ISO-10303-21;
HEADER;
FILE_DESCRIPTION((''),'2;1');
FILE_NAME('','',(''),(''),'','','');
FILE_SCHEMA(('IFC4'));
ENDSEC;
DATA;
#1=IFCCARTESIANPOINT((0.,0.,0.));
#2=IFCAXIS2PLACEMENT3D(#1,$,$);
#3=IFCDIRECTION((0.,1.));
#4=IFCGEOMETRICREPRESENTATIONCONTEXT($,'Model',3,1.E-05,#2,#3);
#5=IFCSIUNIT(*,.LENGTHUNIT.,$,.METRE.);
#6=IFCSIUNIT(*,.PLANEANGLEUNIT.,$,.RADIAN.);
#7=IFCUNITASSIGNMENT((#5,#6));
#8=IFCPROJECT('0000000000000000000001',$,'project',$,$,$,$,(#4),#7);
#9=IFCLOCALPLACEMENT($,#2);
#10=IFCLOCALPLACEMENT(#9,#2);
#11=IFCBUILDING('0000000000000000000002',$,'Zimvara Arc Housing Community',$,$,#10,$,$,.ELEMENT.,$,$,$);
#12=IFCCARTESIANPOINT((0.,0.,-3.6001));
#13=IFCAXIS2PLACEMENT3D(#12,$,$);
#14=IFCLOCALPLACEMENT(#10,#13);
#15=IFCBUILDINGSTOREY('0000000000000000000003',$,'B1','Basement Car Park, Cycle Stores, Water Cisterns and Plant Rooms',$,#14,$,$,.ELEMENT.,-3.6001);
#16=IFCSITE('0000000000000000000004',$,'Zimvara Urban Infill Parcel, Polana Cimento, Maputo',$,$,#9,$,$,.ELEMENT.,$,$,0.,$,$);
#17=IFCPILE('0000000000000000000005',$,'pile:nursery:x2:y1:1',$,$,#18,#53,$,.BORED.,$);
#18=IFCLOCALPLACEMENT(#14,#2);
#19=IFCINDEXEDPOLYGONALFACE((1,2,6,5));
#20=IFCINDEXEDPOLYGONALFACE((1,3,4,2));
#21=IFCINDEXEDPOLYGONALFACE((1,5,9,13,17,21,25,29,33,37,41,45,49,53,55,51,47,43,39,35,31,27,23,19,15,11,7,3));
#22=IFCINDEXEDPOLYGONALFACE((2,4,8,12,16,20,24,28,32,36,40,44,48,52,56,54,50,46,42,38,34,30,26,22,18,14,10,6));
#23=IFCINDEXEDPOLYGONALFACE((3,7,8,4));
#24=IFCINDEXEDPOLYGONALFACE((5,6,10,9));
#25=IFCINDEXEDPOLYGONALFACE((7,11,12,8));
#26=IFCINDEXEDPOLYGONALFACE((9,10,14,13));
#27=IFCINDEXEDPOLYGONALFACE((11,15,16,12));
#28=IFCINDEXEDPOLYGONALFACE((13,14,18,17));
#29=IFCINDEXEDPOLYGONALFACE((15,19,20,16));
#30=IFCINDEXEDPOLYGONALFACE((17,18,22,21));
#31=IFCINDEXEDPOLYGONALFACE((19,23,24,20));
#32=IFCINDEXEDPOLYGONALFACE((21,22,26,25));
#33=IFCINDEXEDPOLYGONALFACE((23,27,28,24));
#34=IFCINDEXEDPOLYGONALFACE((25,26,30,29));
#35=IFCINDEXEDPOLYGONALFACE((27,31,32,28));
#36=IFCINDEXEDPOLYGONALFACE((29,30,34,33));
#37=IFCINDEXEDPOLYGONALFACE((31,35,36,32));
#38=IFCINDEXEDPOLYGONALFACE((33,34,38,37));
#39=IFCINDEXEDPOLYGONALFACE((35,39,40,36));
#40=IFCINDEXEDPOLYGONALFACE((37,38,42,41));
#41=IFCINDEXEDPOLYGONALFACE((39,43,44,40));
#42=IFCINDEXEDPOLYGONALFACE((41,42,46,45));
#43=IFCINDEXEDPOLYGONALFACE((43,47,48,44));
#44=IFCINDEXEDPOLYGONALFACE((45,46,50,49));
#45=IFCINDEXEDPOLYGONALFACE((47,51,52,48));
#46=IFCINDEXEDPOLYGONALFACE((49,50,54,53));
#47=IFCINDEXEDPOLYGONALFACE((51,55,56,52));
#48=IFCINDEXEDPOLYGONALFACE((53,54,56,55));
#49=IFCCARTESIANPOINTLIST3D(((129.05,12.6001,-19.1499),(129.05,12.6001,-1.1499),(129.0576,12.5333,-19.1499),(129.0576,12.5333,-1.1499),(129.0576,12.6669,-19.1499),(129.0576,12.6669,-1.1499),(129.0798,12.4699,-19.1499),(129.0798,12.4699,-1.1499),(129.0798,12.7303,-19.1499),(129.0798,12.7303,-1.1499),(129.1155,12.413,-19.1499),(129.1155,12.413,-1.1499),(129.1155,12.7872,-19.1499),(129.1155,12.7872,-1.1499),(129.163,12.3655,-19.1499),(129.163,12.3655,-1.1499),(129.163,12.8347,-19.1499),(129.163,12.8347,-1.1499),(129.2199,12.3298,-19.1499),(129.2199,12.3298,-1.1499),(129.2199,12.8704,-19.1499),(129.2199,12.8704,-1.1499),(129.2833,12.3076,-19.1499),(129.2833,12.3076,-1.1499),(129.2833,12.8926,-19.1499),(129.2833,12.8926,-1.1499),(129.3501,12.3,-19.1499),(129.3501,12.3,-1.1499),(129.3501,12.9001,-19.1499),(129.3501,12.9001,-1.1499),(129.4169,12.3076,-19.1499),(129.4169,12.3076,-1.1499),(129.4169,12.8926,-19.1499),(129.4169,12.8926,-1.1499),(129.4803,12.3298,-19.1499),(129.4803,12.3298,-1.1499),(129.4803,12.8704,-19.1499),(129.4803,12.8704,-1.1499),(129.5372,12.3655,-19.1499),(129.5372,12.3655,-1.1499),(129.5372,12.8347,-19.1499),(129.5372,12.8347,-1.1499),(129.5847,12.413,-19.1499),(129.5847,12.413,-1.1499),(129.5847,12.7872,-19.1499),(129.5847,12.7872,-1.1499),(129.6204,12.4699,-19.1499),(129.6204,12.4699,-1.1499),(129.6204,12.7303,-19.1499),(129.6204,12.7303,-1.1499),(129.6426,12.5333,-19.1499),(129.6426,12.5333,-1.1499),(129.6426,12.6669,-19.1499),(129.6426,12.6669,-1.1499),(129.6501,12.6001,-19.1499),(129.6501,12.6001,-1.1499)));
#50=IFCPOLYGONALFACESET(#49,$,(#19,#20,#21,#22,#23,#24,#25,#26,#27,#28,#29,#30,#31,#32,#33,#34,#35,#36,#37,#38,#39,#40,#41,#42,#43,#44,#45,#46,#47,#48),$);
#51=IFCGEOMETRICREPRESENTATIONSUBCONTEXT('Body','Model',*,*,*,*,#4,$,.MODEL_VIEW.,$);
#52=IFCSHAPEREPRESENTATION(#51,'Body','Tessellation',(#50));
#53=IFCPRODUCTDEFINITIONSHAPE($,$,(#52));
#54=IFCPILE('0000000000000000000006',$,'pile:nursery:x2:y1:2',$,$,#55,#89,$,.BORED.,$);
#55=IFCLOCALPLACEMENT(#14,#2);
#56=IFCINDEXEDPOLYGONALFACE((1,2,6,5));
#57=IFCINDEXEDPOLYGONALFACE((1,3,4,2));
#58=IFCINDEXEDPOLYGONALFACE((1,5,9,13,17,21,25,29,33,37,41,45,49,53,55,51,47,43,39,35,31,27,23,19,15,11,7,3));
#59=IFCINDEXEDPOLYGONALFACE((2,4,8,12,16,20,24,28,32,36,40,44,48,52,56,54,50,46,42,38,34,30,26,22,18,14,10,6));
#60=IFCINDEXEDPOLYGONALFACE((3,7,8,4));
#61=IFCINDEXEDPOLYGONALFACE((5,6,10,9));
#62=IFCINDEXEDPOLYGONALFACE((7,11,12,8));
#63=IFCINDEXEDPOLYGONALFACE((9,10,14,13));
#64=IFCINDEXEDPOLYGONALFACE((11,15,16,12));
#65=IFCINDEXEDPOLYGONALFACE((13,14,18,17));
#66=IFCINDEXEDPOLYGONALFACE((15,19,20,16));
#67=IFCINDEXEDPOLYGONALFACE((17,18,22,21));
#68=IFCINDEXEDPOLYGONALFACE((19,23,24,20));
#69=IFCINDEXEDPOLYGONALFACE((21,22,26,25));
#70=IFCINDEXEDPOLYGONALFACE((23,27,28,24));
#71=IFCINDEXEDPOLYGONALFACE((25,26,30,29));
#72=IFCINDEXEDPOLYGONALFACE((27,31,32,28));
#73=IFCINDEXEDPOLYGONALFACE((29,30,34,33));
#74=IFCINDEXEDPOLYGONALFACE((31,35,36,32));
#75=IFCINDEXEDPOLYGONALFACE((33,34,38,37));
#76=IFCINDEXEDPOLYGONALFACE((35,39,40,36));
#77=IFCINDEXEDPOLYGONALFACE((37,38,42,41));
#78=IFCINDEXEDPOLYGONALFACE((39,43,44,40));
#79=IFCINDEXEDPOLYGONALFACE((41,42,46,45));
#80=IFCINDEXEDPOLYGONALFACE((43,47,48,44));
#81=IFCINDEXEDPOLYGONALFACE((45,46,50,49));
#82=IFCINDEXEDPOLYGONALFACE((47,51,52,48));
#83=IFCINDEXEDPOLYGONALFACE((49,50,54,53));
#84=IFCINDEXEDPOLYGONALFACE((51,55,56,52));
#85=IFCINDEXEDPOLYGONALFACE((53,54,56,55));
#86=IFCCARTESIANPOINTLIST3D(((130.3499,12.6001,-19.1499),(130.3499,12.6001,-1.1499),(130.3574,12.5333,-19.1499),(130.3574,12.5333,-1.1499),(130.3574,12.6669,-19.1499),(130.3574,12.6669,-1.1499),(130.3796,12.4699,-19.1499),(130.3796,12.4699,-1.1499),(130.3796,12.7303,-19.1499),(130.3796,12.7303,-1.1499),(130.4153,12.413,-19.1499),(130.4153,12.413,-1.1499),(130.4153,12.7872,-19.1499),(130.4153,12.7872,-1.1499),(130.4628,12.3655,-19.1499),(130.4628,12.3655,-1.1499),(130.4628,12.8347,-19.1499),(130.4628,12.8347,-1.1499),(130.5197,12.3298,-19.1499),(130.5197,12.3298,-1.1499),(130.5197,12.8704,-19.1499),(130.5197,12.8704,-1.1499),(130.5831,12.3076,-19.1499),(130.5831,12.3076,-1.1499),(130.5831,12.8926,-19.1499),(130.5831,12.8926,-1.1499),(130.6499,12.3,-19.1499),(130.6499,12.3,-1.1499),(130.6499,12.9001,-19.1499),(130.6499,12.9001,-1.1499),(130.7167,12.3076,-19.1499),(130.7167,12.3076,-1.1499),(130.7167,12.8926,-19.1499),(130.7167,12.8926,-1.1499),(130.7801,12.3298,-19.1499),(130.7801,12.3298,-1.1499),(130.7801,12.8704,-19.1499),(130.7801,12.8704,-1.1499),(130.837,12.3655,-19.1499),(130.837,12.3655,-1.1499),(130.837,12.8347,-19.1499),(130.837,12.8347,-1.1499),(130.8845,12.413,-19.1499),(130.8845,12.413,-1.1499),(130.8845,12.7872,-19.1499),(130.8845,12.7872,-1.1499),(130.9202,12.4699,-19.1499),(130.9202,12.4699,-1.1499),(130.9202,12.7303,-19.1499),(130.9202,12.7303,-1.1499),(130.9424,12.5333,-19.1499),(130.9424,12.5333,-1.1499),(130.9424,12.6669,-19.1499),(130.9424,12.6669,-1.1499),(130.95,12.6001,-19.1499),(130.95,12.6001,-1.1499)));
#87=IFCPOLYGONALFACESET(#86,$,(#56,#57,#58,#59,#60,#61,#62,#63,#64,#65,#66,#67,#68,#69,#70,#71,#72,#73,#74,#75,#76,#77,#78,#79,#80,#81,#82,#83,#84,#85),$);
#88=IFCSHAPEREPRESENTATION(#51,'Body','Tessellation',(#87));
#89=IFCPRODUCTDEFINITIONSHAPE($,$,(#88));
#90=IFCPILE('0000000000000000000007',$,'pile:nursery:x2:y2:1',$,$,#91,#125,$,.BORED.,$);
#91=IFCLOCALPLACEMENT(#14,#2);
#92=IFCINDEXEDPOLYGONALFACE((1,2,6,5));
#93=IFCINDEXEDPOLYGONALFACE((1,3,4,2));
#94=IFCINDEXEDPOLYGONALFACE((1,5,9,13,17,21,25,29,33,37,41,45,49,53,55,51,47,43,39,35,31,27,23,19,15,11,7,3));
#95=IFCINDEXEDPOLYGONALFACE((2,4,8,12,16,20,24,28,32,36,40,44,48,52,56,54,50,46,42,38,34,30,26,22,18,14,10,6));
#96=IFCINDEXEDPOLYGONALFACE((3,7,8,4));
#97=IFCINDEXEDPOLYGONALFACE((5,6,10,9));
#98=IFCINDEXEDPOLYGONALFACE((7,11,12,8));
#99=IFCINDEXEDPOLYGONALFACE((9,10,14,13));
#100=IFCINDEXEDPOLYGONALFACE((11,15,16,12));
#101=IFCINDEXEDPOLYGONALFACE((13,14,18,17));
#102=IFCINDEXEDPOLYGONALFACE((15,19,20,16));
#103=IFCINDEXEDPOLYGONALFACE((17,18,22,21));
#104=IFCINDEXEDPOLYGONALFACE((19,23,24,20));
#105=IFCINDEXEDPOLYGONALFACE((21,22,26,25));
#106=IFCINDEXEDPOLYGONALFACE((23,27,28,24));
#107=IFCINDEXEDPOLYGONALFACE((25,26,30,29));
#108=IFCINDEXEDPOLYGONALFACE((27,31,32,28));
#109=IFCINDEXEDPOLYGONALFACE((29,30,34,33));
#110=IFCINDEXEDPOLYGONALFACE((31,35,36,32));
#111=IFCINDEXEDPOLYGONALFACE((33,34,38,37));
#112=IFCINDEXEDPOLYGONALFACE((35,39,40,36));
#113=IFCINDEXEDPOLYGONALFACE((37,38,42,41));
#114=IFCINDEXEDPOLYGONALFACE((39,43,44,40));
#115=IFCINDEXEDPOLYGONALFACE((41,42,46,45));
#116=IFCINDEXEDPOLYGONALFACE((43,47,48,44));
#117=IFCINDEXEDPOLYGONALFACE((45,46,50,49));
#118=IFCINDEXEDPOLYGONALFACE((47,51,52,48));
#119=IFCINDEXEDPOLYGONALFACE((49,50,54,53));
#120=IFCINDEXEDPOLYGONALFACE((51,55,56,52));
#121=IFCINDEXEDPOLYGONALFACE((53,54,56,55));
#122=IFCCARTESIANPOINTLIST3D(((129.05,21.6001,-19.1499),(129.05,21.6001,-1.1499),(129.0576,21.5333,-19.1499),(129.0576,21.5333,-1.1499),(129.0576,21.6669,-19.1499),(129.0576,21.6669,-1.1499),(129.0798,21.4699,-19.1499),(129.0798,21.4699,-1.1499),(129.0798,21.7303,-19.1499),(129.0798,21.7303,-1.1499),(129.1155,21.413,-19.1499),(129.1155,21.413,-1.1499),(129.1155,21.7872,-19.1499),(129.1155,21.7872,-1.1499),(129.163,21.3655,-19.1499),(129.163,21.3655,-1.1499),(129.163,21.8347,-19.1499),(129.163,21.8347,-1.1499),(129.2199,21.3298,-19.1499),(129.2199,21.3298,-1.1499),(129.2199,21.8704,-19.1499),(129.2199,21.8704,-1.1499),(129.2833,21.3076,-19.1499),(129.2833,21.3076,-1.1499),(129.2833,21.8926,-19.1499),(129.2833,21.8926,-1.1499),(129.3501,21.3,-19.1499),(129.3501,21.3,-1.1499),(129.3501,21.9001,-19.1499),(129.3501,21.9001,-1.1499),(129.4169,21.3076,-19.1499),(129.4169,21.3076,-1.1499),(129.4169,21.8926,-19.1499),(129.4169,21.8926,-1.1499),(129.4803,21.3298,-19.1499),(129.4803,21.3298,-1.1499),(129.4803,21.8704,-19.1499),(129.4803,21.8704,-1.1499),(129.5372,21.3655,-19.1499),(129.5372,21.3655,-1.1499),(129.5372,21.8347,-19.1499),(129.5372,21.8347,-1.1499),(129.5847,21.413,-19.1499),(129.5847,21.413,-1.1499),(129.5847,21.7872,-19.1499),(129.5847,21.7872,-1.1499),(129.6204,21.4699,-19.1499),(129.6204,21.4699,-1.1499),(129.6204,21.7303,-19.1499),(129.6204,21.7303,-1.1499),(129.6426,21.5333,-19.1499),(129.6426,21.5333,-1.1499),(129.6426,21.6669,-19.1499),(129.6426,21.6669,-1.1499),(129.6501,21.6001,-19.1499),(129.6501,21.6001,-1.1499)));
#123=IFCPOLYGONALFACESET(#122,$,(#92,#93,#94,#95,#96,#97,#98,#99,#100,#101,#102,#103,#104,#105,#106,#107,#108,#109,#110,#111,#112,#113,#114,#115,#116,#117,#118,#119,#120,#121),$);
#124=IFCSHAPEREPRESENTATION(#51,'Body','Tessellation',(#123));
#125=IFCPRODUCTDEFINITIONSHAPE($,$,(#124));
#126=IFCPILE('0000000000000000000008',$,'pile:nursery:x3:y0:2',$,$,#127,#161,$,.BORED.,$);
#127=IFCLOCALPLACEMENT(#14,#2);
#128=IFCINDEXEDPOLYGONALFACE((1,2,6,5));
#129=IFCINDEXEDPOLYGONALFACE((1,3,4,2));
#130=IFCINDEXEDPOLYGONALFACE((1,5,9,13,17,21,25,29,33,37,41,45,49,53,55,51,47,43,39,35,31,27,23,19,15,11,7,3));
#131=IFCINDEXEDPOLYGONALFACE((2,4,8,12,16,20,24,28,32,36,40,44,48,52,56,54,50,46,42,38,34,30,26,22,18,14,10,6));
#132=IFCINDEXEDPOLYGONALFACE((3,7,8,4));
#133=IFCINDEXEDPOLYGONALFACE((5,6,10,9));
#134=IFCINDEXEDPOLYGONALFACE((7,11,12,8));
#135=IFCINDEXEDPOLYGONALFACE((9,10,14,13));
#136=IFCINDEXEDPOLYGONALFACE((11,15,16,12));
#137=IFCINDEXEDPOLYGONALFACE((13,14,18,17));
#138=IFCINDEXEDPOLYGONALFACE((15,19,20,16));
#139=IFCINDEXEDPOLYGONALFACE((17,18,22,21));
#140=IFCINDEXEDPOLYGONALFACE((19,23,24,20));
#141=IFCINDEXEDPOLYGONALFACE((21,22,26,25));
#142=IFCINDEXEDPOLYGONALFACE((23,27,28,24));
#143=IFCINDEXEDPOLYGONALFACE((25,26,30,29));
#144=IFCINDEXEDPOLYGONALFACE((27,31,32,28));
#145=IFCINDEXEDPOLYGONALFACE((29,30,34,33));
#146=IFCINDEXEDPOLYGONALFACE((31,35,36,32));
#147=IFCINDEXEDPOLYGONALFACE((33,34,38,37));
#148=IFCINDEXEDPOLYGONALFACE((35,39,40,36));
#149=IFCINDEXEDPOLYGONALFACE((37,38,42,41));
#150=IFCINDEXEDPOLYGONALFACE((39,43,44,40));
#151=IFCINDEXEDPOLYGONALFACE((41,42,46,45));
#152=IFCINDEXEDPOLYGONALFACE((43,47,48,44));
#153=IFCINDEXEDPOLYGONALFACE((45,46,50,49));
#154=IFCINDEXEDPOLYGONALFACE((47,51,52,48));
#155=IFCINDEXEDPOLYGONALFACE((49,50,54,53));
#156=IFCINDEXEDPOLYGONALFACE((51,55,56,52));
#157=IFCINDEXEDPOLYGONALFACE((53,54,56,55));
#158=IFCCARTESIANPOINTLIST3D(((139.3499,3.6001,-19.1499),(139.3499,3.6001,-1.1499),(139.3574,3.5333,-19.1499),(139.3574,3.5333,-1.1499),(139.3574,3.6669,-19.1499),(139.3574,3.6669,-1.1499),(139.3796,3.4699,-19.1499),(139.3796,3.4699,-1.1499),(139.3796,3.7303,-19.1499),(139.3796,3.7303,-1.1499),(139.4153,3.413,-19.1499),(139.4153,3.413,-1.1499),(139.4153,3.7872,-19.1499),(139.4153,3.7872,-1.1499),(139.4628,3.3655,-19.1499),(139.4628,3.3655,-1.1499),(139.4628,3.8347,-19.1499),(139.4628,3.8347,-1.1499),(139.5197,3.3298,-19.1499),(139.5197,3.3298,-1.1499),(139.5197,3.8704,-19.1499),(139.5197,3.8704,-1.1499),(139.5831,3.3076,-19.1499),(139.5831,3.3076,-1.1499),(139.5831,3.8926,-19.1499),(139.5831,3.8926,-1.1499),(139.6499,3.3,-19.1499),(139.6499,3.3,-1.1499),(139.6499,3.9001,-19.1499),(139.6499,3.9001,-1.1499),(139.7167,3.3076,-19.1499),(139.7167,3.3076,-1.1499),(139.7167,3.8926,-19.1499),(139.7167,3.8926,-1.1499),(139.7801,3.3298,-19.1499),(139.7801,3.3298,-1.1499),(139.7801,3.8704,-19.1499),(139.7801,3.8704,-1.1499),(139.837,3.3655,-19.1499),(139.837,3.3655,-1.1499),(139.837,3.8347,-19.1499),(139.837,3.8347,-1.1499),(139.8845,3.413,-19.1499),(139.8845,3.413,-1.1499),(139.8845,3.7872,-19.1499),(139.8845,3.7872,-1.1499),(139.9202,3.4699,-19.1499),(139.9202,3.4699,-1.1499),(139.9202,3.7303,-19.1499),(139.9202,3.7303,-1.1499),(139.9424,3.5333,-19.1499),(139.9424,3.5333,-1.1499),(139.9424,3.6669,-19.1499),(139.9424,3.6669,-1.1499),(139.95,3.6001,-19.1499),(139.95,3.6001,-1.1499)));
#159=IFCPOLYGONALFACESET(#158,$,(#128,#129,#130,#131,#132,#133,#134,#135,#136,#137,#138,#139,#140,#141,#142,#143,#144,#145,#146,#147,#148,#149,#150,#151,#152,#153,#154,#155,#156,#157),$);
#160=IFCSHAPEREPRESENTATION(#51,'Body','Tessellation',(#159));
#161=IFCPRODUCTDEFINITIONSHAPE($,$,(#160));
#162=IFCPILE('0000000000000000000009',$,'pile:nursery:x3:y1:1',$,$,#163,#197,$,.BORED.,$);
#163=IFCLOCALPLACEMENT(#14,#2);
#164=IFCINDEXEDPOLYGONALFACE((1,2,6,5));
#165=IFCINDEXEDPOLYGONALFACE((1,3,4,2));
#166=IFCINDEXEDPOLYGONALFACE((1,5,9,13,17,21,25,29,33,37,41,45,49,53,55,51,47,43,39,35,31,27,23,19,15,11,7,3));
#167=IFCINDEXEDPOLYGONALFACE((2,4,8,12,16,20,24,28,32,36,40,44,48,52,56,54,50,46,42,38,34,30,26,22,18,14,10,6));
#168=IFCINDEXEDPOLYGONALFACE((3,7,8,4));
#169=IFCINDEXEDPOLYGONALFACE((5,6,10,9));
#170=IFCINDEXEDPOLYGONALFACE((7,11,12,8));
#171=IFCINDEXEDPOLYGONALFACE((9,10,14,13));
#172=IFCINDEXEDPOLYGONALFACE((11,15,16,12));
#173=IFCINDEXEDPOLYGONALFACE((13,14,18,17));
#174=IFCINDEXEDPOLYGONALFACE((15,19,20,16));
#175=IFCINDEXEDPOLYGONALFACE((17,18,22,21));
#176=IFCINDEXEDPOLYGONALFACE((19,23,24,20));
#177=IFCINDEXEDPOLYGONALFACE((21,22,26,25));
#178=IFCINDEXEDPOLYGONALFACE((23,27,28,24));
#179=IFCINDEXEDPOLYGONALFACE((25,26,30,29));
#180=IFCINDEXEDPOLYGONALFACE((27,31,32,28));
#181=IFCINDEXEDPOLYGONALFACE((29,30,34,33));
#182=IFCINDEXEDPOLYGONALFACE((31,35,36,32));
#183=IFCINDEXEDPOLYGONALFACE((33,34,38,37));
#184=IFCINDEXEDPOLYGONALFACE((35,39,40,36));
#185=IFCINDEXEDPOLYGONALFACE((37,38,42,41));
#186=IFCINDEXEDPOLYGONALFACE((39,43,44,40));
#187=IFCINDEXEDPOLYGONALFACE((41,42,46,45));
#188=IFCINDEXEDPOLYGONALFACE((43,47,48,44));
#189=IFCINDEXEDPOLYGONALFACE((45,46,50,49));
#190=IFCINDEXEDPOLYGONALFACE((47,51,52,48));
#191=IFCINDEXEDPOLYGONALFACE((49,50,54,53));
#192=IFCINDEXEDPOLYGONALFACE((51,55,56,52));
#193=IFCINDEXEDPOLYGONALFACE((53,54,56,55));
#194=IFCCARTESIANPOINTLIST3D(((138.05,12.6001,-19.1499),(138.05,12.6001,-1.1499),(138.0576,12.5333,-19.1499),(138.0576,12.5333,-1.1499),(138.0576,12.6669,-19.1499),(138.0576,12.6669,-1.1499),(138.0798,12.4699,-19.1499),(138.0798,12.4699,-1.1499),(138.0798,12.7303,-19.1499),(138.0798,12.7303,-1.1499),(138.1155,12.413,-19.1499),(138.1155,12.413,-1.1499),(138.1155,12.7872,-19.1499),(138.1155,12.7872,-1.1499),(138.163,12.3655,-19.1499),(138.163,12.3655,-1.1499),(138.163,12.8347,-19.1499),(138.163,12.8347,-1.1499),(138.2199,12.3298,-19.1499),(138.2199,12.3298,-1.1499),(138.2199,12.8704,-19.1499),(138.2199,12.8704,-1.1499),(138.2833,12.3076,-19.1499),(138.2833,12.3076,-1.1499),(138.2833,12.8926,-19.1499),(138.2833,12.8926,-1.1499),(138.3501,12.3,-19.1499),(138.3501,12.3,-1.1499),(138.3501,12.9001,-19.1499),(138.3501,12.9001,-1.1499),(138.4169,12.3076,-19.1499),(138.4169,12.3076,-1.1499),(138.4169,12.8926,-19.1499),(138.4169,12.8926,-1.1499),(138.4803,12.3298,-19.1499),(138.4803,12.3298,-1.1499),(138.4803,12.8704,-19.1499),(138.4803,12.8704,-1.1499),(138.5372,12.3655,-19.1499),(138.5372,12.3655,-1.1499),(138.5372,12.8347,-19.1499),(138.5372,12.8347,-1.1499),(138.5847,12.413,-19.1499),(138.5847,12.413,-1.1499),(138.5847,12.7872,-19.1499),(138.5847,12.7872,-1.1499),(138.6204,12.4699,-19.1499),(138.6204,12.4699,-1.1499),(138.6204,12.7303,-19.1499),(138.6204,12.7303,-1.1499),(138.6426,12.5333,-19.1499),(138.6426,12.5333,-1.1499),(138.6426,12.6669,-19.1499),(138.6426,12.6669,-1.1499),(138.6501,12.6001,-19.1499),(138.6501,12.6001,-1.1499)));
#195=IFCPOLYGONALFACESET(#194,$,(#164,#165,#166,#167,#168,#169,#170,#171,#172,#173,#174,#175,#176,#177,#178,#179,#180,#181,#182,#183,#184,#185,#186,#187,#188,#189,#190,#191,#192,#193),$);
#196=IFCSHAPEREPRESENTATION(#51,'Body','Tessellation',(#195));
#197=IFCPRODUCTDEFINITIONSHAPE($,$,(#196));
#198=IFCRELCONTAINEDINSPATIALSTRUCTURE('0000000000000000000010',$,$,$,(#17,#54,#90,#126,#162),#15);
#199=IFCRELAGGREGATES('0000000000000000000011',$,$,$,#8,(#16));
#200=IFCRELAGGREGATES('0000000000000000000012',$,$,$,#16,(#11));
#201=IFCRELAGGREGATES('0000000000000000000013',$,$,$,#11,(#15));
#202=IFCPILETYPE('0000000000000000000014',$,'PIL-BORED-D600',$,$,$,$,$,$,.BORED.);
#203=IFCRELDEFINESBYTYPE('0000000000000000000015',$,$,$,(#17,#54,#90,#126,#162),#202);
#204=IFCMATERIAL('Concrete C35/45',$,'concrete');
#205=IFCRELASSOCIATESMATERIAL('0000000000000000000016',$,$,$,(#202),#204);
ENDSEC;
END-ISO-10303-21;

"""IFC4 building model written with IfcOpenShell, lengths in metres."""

from ifc_helpers import new_model, si_unit, direction, frame, origin, origin_2d, place, context, subcontext, project, spatial, circle, extrude, material, material_profile, profile_set, type_object, element, save


model = new_model("IFC4")

# Units and contexts
model_context = context("Model", 3, precision=1e-05, world=origin(), true_north=direction((0.0, 1.0)))
body_context = subcontext(model_context, "Body", "Model", "MODEL_VIEW")
ifc_project = project(units=[si_unit("LENGTHUNIT", "METRE"), si_unit("PLANEANGLEUNIT", "RADIAN")], contexts=[model_context])

# Site, building, storey
site_placement = place(None, origin())
site = spatial("IfcSite", under=ifc_project, at=site_placement, Name="Zimvara Urban Infill Parcel, Polana Cimento, Maputo", CompositionType="ELEMENT", RefElevation=0.0)
building_placement = place(site_placement, origin())
building = spatial("IfcBuilding", under=site, at=building_placement, Name="Zimvara Arc Housing Community", CompositionType="ELEMENT")
storey_placement = place(building_placement, frame((0.0, 0.0, -3.6001)))
storey = spatial("IfcBuildingStorey", under=building, at=storey_placement, Name="B1", Description="Basement Car Park, Cycle Stores, Water Cisterns and Plant Rooms", CompositionType="ELEMENT", Elevation=-3.6001)

# Piles
ifc_material_1 = material(Name="Concrete C35/45", Category="concrete")
ifc_material_profile_1 = material_profile(ifc_material_1, circle(Radius=0.3, at=origin_2d()), Name="PILE D600")
ifc_profile_set_1 = profile_set([ifc_material_profile_1], Name="Concrete C35/45")
pile_type = type_object("IfcPileType", Name="PIL-BORED-D600", PredefinedType="BORED", material=ifc_profile_set_1)
for number, where, z_axis, x_axis, name in (
    (1, (129.3501, 12.6001, -1.1499), (0.0, 0.0, -1.0), (1.0, 0.0, 0.0), "pile:nursery:x2:y1:1"),
    (2, (130.6499, 12.6001, -1.1499), (0.0, 0.0, -1.0), (1.0, 0.0, 0.0), "pile:nursery:x2:y1:2"),
    (3, (129.3501, 21.6001, -1.1499), (0.0, 0.0, -1.0), (1.0, 0.0, 0.0), "pile:nursery:x2:y2:1"),
    (4, (139.6499, 3.6001, -1.1499), (0.0, 0.0, -1.0), (1.0, 0.0, 0.0), "pile:nursery:x3:y0:2"),
    (5, (138.3501, 12.6001, -1.1499), (0.0, 0.0, -1.0), (1.0, 0.0, 0.0), "pile:nursery:x3:y1:1"),
):
    element("IfcPile", number, at=place(storey_placement, frame(where, z_axis=z_axis, x_axis=x_axis)), inside=storey, type_object=pile_type, Name=name, PredefinedType="BORED", context=body_context, shape_type="SweptSolid", body=[
        extrude(circle(Radius=0.3, at=origin_2d()), origin(), (0.0, 0.0, 1.0), 18.0),
    ])

save(model, "model.ifc")
